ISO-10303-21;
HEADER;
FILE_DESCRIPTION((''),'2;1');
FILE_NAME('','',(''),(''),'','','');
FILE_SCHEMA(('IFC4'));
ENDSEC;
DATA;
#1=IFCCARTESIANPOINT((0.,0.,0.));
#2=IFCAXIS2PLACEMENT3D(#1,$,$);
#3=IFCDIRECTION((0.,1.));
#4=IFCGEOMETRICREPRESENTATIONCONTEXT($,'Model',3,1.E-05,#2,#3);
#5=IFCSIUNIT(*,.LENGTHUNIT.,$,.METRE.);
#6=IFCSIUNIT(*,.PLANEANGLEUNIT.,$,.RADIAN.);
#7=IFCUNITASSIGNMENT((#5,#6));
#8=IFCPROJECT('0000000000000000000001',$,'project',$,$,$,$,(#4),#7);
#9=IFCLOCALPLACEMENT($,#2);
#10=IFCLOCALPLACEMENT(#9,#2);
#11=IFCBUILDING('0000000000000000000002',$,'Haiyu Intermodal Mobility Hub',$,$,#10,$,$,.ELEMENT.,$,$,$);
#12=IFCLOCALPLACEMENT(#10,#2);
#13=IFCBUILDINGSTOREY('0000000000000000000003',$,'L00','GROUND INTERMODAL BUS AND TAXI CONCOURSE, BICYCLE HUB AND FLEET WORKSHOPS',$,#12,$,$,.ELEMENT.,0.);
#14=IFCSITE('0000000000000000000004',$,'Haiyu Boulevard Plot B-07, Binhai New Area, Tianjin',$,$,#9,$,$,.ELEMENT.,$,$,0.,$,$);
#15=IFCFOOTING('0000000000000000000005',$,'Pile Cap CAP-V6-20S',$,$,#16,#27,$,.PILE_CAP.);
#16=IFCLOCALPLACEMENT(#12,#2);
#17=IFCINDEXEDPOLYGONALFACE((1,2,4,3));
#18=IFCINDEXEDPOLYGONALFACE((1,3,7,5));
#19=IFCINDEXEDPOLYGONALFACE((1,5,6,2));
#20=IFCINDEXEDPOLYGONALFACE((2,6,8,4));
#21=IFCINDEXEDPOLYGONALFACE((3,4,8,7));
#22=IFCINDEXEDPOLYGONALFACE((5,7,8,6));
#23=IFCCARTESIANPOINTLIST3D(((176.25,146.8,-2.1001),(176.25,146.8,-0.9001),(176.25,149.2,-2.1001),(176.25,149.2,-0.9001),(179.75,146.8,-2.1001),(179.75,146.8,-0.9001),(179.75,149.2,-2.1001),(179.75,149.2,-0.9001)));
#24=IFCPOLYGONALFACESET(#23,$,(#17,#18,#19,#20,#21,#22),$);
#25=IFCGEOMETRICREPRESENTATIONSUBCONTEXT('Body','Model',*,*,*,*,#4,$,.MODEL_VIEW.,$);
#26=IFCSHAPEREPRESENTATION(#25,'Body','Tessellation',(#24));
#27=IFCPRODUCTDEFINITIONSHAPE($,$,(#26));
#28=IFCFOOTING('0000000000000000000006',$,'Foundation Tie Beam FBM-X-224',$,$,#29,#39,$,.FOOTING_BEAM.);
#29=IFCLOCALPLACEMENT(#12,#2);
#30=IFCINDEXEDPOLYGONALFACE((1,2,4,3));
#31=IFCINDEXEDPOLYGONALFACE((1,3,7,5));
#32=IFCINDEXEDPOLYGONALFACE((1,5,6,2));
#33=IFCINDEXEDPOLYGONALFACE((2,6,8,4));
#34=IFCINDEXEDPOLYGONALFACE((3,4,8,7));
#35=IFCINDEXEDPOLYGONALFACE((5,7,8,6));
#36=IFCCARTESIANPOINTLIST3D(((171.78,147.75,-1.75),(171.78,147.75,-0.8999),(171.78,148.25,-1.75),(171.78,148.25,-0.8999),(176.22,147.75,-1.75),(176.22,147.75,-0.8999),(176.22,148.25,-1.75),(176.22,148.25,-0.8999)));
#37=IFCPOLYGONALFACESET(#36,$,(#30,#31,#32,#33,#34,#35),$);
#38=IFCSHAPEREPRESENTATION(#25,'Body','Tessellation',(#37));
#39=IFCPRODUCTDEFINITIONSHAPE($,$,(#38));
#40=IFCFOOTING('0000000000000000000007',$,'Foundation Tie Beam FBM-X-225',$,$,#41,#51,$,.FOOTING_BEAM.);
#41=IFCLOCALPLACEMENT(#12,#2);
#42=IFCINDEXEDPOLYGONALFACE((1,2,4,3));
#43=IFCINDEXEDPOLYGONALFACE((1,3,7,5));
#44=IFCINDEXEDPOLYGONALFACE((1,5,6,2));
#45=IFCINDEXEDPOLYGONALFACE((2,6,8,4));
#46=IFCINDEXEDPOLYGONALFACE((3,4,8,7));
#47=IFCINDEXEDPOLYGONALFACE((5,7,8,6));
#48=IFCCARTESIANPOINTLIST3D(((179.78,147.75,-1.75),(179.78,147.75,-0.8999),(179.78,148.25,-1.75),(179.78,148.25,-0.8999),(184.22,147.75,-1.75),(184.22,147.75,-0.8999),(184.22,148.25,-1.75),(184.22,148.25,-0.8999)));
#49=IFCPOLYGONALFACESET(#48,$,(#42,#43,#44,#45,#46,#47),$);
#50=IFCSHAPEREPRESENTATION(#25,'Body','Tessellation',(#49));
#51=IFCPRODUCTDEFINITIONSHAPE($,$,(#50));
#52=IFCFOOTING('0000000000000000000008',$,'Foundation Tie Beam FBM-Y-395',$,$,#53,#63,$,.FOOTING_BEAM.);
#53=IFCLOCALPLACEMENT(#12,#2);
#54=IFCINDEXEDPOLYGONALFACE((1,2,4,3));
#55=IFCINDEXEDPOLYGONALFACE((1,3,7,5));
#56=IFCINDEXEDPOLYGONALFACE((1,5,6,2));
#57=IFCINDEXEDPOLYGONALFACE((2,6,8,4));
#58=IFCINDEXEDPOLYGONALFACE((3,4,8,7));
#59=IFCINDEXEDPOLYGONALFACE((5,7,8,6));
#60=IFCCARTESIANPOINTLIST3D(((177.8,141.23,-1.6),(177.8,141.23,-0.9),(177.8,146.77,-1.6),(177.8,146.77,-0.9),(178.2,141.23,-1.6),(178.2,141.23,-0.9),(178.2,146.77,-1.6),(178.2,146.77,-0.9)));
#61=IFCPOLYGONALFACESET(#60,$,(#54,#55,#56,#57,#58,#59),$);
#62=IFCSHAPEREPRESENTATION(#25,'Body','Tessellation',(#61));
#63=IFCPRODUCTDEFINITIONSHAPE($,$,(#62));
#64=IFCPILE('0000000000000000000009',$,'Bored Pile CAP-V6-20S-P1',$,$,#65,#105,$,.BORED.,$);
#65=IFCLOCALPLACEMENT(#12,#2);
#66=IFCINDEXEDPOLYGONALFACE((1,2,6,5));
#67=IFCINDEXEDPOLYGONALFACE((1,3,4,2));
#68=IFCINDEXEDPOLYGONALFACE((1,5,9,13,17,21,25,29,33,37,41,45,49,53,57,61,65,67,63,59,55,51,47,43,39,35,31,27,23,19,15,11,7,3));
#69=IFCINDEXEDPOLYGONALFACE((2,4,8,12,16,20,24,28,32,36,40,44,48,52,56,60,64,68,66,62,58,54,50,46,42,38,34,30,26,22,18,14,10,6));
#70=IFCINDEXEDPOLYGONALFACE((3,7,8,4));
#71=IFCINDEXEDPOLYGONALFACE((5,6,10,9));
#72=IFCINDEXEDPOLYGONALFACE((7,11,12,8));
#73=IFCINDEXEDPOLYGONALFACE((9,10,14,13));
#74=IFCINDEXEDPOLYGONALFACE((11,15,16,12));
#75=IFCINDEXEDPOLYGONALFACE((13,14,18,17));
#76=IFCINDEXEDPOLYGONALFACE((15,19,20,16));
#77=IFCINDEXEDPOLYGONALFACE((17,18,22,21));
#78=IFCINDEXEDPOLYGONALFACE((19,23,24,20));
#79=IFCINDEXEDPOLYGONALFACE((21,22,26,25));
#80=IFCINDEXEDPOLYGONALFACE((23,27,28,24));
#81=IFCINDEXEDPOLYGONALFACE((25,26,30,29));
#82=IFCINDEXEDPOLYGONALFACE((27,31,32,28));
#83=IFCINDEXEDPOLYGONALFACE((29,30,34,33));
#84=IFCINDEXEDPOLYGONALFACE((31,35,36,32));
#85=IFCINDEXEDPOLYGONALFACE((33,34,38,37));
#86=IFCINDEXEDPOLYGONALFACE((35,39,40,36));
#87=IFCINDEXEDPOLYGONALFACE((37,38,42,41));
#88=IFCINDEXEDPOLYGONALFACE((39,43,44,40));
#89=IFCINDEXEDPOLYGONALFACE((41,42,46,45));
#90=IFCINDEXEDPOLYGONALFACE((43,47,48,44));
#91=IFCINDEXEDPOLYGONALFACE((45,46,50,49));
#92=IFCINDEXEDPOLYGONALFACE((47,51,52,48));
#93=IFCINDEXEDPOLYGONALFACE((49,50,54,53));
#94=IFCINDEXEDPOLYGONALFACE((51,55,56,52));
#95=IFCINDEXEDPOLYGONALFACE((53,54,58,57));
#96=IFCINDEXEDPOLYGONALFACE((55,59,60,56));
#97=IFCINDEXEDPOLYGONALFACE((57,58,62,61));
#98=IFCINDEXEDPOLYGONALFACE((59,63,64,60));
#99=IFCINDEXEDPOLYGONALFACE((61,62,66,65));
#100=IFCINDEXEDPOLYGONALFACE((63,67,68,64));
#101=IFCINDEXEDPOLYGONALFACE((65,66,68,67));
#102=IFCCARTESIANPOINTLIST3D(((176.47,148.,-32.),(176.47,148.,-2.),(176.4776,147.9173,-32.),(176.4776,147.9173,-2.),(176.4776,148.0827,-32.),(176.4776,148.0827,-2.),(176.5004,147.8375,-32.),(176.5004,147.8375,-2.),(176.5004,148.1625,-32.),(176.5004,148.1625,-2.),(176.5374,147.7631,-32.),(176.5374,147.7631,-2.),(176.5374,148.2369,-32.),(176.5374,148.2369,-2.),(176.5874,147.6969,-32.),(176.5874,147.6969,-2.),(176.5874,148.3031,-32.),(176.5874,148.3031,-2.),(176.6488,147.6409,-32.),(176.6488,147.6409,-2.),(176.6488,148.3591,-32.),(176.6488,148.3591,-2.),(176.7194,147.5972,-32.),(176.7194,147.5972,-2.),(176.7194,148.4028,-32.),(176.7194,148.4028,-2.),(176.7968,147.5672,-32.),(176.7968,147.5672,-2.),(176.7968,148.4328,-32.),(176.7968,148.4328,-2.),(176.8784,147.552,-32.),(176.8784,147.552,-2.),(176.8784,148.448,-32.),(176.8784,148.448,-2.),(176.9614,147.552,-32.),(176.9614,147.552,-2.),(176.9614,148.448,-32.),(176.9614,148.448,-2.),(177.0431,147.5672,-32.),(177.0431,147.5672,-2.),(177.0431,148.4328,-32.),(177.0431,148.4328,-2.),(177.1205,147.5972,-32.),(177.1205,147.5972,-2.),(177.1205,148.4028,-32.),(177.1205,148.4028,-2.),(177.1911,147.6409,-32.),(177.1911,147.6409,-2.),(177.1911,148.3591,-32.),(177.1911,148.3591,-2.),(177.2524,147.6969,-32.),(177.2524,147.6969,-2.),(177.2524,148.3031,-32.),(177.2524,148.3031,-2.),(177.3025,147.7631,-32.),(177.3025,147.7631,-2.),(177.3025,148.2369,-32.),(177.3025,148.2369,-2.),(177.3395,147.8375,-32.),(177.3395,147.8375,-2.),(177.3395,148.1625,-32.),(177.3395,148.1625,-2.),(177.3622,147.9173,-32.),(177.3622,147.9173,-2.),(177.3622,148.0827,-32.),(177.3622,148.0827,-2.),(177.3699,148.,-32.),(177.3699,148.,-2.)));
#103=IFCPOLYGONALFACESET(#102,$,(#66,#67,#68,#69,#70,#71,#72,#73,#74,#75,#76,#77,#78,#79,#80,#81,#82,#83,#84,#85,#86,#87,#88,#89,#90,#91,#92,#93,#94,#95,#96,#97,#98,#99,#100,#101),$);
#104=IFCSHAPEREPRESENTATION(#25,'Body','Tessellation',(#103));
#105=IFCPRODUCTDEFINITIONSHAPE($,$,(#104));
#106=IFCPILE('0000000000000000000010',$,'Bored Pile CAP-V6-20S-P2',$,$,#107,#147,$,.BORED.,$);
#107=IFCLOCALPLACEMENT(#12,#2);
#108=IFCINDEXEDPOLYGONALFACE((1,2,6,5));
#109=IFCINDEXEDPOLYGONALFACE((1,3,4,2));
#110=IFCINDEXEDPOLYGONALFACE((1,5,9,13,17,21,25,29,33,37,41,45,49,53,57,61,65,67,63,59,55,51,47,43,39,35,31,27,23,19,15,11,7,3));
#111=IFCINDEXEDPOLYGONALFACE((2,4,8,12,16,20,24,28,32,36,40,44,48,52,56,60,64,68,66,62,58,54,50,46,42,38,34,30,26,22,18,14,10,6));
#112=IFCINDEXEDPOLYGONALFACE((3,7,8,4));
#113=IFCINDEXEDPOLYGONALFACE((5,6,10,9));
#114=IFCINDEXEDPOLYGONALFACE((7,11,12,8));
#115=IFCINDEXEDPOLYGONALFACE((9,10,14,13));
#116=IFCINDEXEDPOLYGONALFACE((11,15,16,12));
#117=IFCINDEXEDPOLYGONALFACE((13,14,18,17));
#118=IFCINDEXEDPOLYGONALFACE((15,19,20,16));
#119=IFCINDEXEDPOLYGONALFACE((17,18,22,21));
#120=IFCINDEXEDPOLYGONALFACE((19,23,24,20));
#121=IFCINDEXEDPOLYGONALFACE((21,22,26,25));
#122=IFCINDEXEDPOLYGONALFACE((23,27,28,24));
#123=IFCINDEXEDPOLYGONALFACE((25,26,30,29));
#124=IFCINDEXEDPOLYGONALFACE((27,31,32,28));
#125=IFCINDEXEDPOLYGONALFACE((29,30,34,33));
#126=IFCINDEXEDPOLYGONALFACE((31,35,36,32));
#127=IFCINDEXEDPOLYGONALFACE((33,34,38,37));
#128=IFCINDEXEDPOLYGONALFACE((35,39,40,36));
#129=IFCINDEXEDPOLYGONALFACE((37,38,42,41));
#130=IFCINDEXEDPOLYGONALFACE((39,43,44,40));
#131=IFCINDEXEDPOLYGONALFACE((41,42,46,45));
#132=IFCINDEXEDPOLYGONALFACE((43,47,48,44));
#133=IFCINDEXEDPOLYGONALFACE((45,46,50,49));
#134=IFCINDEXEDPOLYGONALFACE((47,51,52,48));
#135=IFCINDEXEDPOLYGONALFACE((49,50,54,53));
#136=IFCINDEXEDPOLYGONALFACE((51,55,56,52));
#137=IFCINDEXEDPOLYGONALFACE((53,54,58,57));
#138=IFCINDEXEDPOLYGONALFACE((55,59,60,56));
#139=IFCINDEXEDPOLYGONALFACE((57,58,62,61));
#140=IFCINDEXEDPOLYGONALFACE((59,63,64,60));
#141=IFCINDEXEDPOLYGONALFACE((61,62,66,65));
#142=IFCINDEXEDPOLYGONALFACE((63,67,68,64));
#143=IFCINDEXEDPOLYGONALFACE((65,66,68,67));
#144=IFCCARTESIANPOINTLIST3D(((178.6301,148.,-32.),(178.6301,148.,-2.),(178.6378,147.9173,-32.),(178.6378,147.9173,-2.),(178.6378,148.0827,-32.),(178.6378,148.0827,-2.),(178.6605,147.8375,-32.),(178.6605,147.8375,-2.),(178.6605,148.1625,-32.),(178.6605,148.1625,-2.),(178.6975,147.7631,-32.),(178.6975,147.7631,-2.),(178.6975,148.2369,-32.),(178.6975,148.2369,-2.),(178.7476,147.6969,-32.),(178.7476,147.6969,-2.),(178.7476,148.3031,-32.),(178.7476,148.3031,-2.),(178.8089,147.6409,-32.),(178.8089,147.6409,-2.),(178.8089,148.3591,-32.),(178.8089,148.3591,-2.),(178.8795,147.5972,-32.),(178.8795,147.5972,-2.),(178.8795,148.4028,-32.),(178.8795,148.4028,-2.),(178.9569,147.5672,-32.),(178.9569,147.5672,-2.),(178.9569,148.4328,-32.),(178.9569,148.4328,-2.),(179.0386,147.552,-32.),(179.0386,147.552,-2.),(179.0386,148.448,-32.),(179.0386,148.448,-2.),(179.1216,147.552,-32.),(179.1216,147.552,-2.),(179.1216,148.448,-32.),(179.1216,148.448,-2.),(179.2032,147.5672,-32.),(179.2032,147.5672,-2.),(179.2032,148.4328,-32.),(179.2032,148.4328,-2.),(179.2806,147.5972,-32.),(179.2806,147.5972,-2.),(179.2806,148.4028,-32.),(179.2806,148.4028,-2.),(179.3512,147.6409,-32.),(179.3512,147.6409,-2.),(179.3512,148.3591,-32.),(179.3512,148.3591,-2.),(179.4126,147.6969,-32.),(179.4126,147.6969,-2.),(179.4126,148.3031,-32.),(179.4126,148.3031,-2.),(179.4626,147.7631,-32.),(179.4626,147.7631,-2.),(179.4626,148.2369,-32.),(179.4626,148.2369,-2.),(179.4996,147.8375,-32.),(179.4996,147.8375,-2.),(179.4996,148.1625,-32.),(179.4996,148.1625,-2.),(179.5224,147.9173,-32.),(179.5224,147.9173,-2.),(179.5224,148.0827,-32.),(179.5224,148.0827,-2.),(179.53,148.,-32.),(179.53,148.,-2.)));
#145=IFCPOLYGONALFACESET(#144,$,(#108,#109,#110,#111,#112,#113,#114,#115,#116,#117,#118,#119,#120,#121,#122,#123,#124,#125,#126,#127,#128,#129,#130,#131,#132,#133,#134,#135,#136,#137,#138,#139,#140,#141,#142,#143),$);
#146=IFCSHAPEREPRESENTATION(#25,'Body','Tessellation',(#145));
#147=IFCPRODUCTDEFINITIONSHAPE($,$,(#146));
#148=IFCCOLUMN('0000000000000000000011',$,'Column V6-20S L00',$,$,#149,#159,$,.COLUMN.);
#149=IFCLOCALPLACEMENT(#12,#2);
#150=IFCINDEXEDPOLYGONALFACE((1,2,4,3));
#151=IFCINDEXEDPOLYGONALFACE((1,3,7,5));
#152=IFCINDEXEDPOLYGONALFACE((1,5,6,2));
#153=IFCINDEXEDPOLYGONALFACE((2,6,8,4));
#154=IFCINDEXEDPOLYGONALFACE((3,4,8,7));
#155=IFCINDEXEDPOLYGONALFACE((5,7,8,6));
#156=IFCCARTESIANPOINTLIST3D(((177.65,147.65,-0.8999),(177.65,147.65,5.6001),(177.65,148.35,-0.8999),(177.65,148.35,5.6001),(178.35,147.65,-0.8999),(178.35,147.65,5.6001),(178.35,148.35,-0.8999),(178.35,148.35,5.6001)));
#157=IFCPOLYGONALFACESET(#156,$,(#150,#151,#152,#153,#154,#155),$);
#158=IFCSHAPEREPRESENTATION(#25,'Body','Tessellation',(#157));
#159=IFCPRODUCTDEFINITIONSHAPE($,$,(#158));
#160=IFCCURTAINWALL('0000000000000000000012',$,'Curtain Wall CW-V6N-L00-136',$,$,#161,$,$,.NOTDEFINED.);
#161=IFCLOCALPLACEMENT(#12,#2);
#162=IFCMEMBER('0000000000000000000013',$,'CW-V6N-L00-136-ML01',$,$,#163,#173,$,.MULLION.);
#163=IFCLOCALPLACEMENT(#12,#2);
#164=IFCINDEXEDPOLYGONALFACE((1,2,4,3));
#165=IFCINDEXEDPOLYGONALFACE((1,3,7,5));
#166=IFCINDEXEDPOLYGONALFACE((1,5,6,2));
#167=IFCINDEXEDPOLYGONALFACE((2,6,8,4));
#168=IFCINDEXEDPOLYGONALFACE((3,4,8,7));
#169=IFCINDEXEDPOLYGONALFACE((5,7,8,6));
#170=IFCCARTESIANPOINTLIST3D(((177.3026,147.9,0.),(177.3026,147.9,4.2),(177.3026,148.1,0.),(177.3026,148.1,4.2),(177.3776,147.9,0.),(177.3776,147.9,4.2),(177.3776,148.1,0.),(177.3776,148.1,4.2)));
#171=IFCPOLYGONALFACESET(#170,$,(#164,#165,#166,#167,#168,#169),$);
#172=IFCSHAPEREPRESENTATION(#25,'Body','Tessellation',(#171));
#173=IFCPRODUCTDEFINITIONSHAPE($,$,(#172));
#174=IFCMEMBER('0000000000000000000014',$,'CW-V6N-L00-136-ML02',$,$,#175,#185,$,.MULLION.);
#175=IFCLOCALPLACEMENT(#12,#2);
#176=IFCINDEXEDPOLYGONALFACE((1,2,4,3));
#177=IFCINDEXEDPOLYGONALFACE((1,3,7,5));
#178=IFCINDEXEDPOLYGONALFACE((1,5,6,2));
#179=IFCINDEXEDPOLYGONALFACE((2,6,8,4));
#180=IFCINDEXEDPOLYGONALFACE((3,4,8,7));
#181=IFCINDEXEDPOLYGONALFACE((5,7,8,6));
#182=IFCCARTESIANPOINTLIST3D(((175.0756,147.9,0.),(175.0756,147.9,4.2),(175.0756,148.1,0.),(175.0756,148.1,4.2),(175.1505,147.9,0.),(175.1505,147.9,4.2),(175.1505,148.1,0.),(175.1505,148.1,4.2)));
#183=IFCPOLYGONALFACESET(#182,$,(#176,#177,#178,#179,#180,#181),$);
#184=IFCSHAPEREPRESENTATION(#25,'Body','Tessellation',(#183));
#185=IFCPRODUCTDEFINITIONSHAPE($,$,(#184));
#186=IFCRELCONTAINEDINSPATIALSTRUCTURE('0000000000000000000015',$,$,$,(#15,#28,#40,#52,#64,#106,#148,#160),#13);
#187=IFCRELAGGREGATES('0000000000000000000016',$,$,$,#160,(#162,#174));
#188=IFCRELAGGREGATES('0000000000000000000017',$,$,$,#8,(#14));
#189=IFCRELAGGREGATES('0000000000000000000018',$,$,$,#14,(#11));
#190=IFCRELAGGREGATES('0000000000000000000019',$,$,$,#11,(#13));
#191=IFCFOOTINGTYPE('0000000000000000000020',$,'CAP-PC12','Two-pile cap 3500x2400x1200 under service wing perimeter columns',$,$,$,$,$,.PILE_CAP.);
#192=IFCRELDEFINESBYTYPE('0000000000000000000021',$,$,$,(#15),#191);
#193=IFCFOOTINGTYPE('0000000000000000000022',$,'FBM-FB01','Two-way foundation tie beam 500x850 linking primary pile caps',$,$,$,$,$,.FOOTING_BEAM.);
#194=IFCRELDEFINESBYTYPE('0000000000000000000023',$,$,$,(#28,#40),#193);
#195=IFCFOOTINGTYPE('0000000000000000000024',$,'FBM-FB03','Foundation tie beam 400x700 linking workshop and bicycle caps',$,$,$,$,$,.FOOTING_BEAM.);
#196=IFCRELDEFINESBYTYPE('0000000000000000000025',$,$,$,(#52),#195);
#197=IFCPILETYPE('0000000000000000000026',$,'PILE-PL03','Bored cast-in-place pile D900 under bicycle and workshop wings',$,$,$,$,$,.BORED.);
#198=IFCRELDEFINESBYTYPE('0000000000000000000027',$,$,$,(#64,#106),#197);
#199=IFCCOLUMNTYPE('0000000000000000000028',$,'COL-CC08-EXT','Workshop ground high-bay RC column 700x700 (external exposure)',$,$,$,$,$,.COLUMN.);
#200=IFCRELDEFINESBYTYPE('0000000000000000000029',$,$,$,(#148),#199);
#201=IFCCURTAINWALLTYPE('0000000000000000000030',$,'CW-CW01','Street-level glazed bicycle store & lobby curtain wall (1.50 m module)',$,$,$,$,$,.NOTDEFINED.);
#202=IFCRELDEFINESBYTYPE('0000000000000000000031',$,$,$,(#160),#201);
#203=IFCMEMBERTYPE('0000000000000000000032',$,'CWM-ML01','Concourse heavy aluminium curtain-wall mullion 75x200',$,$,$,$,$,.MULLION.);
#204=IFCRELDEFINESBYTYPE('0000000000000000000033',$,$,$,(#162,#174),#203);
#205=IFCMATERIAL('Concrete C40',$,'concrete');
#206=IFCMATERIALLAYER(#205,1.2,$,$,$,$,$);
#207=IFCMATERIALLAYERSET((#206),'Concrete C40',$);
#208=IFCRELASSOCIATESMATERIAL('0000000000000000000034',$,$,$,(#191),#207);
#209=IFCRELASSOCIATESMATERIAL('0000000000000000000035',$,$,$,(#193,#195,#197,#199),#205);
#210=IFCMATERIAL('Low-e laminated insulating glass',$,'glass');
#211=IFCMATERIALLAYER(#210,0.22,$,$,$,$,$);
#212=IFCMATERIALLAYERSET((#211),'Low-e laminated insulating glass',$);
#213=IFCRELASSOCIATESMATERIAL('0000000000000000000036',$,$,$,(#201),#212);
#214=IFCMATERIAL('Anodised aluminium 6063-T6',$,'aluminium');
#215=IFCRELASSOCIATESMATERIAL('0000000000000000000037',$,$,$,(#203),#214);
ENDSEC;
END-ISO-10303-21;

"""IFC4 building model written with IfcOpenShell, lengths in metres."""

from ifc_helpers import new_model, si_unit, direction, frame, origin, origin_2d, place, context, subcontext, project, spatial, rectangle, circle, extrude, material, layer, layer_set, material_profile, profile_set, type_object, element, aggregate, save


model = new_model("IFC4")

# Units and contexts
model_context = context("Model", 3, precision=1e-05, world=origin(), true_north=direction((0.0, 1.0)))
body_context = subcontext(model_context, "Body", "Model", "MODEL_VIEW")
ifc_project = project(units=[si_unit("LENGTHUNIT", "METRE"), si_unit("PLANEANGLEUNIT", "RADIAN")], contexts=[model_context])

# Site, building, storey
site_placement = place(None, origin())
site = spatial("IfcSite", under=ifc_project, at=site_placement, Name="Haiyu Boulevard Plot B-07, Binhai New Area, Tianjin", CompositionType="ELEMENT", RefElevation=0.0)
building_placement = place(site_placement, origin())
building = spatial("IfcBuilding", under=site, at=building_placement, Name="Haiyu Intermodal Mobility Hub", CompositionType="ELEMENT")
storey_placement = place(building_placement, origin())
storey = spatial("IfcBuildingStorey", under=building, at=storey_placement, Name="L00", Description="GROUND INTERMODAL BUS AND TAXI CONCOURSE, BICYCLE HUB AND FLEET WORKSHOPS", CompositionType="ELEMENT", Elevation=0.0)

# Footings
ifc_material_1 = material(Name="Concrete C40", Category="concrete")
ifc_layer_1 = layer(ifc_material_1, 1.2)
ifc_layer_set_1 = layer_set([ifc_layer_1], Name="Concrete C40")
footing_type_1 = type_object("IfcFootingType", Name="CAP-PC12", Description="Two-pile cap 3500x2400x1200 under service wing perimeter columns", PredefinedType="PILE_CAP", material=ifc_layer_set_1)
footing_1_placement = place(storey_placement, frame((178.0, 148.0, -2.1001), z_axis=(0.0, 0.0, 1.0), x_axis=(1.0, 0.0, 0.0)))
element("IfcFooting", 1, at=footing_1_placement, inside=storey, type_object=footing_type_1, Name="Pile Cap CAP-V6-20S", PredefinedType="PILE_CAP", context=body_context, shape_type="SweptSolid", body=[
    extrude(rectangle(XDim=3.5, YDim=2.3999, at=origin_2d()), origin(), (0.0, 0.0, 1.0), 1.2),
])
ifc_material_profile_1 = material_profile(ifc_material_1, rectangle(XDim=0.5, YDim=0.8501, at=origin_2d()), Name="FB500x850")
ifc_profile_set_1 = profile_set([ifc_material_profile_1], Name="Concrete C40")
footing_type_2 = type_object("IfcFootingType", Name="FBM-FB01", Description="Two-way foundation tie beam 500x850 linking primary pile caps", PredefinedType="FOOTING_BEAM", material=ifc_profile_set_1)
for number, where, z_axis, x_axis, name in (
    (2, (171.78, 148.0, -1.325), (1.0, 0.0, 0.0), (0.0, 1.0, 0.0), "Foundation Tie Beam FBM-X-224"),
    (3, (179.78, 148.0, -1.325), (1.0, 0.0, 0.0), (0.0, 1.0, 0.0), "Foundation Tie Beam FBM-X-225"),
):
    element("IfcFooting", number, at=place(storey_placement, frame(where, z_axis=z_axis, x_axis=x_axis)), inside=storey, type_object=footing_type_2, Name=name, PredefinedType="FOOTING_BEAM", context=body_context, shape_type="SweptSolid", body=[
        extrude(rectangle(XDim=0.5, YDim=0.8501, at=origin_2d()), origin(), (0.0, 0.0, 1.0), 4.4399),
    ])
ifc_material_profile_2 = material_profile(ifc_material_1, rectangle(XDim=0.3999, YDim=0.7, at=origin_2d()), Name="FB400x700")
ifc_profile_set_2 = profile_set([ifc_material_profile_2], Name="Concrete C40")
footing_type_3 = type_object("IfcFootingType", Name="FBM-FB03", Description="Foundation tie beam 400x700 linking workshop and bicycle caps", PredefinedType="FOOTING_BEAM", material=ifc_profile_set_2)
footing_2_placement = place(storey_placement, frame((178.0, 141.23, -1.25), z_axis=(0.0, 1.0, 0.0), x_axis=(-1.0, 0.0, 0.0)))
element("IfcFooting", 4, at=footing_2_placement, inside=storey, type_object=footing_type_3, Name="Foundation Tie Beam FBM-Y-395", PredefinedType="FOOTING_BEAM", context=body_context, shape_type="SweptSolid", body=[
    extrude(rectangle(XDim=0.3999, YDim=0.7, at=origin_2d()), origin(), (0.0, 0.0, 1.0), 5.54),
])

# Piles
ifc_material_profile_3 = material_profile(ifc_material_1, circle(Radius=0.45, at=origin_2d()), Name="PILE-D900")
ifc_profile_set_3 = profile_set([ifc_material_profile_3], Name="Concrete C40")
pile_type = type_object("IfcPileType", Name="PILE-PL03", Description="Bored cast-in-place pile D900 under bicycle and workshop wings", PredefinedType="BORED", material=ifc_profile_set_3)
for number, where, z_axis, x_axis, name in (
    (5, (176.9199, 148.0, -2.0), (0.0, 0.0, -1.0), (1.0, 0.0, 0.0), "Bored Pile CAP-V6-20S-P1"),
    (6, (179.0801, 148.0, -2.0), (0.0, 0.0, -1.0), (1.0, 0.0, 0.0), "Bored Pile CAP-V6-20S-P2"),
):
    element("IfcPile", number, at=place(storey_placement, frame(where, z_axis=z_axis, x_axis=x_axis)), inside=storey, type_object=pile_type, Name=name, PredefinedType="BORED", context=body_context, shape_type="SweptSolid", body=[
        extrude(circle(Radius=0.45, at=origin_2d()), origin(), (0.0, 0.0, 1.0), 30.0),
    ])

# Column
ifc_material_profile_4 = material_profile(ifc_material_1, rectangle(XDim=0.7, YDim=0.7, at=origin_2d()), Name="RC700x700")
ifc_profile_set_4 = profile_set([ifc_material_profile_4], Name="Concrete C40")
column_type = type_object("IfcColumnType", Name="COL-CC08-EXT", Description="Workshop ground high-bay RC column 700x700 (external exposure)", PredefinedType="COLUMN", material=ifc_profile_set_4)
column_placement = place(storey_placement, frame((178.0, 148.0, -0.8999), z_axis=(0.0, 0.0, 1.0), x_axis=(1.0, 0.0, 0.0)))
element("IfcColumn", 7, at=column_placement, inside=storey, type_object=column_type, Name="Column V6-20S L00", PredefinedType="COLUMN", context=body_context, shape_type="SweptSolid", body=[
    extrude(rectangle(XDim=0.7, YDim=0.7, at=origin_2d()), origin(), (0.0, 0.0, 1.0), 6.5),
])

# Curtain wall, members
ifc_material_2 = material(Name="Low-e laminated insulating glass", Category="glass")
ifc_layer_2 = layer(ifc_material_2, 0.22)
ifc_layer_set_2 = layer_set([ifc_layer_2], Name="Low-e laminated insulating glass")
curtain_wall_type = type_object("IfcCurtainWallType", Name="CW-CW01", Description="Street-level glazed bicycle store & lobby curtain wall (1.50 m module)", PredefinedType="NOTDEFINED", material=ifc_layer_set_2)
curtain_wall_1_placement = place(storey_placement, origin())
curtain_wall_1 = element("IfcCurtainWall", 8, at=curtain_wall_1_placement, inside=storey, type_object=curtain_wall_type, Name="Curtain Wall CW-V6N-L00-136", PredefinedType="NOTDEFINED")
ifc_material_3 = material(Name="Anodised aluminium 6063-T6", Category="aluminium")
ifc_material_profile_5 = material_profile(ifc_material_3, rectangle(XDim=0.075, YDim=0.2, at=origin_2d()), Name="ALU75x200")
ifc_profile_set_5 = profile_set([ifc_material_profile_5], Name="Anodised aluminium 6063-T6")
member_type_1 = type_object("IfcMemberType", Name="CWM-ML01", Description="Concourse heavy aluminium curtain-wall mullion 75x200", PredefinedType="MULLION", material=ifc_profile_set_5)
member_1_placement = place(storey_placement, frame((177.3401, 148.0, 0.0), z_axis=(0.0, 0.0, 1.0), x_axis=(1.0, 0.0, 0.0)))
member_1 = element("IfcMember", 9, at=member_1_placement, type_object=member_type_1, Name="CW-V6N-L00-136-ML01", PredefinedType="MULLION", context=body_context, shape_type="SweptSolid", body=[
    extrude(rectangle(XDim=0.075, YDim=0.2, at=origin_2d()), origin(), (0.0, 0.0, 1.0), 4.2),
])
member_2_placement = place(storey_placement, frame((175.113, 148.0, 0.0), z_axis=(0.0, 0.0, 1.0), x_axis=(1.0, 0.0, 0.0)))
member_2 = element("IfcMember", 10, at=member_2_placement, type_object=member_type_1, Name="CW-V6N-L00-136-ML02", PredefinedType="MULLION", context=body_context, shape_type="SweptSolid", body=[
    extrude(rectangle(XDim=0.075, YDim=0.2, at=origin_2d()), origin(), (0.0, 0.0, 1.0), 4.2),
])

aggregate(curtain_wall_1, [member_1, member_2])

save(model, "model.ifc")
